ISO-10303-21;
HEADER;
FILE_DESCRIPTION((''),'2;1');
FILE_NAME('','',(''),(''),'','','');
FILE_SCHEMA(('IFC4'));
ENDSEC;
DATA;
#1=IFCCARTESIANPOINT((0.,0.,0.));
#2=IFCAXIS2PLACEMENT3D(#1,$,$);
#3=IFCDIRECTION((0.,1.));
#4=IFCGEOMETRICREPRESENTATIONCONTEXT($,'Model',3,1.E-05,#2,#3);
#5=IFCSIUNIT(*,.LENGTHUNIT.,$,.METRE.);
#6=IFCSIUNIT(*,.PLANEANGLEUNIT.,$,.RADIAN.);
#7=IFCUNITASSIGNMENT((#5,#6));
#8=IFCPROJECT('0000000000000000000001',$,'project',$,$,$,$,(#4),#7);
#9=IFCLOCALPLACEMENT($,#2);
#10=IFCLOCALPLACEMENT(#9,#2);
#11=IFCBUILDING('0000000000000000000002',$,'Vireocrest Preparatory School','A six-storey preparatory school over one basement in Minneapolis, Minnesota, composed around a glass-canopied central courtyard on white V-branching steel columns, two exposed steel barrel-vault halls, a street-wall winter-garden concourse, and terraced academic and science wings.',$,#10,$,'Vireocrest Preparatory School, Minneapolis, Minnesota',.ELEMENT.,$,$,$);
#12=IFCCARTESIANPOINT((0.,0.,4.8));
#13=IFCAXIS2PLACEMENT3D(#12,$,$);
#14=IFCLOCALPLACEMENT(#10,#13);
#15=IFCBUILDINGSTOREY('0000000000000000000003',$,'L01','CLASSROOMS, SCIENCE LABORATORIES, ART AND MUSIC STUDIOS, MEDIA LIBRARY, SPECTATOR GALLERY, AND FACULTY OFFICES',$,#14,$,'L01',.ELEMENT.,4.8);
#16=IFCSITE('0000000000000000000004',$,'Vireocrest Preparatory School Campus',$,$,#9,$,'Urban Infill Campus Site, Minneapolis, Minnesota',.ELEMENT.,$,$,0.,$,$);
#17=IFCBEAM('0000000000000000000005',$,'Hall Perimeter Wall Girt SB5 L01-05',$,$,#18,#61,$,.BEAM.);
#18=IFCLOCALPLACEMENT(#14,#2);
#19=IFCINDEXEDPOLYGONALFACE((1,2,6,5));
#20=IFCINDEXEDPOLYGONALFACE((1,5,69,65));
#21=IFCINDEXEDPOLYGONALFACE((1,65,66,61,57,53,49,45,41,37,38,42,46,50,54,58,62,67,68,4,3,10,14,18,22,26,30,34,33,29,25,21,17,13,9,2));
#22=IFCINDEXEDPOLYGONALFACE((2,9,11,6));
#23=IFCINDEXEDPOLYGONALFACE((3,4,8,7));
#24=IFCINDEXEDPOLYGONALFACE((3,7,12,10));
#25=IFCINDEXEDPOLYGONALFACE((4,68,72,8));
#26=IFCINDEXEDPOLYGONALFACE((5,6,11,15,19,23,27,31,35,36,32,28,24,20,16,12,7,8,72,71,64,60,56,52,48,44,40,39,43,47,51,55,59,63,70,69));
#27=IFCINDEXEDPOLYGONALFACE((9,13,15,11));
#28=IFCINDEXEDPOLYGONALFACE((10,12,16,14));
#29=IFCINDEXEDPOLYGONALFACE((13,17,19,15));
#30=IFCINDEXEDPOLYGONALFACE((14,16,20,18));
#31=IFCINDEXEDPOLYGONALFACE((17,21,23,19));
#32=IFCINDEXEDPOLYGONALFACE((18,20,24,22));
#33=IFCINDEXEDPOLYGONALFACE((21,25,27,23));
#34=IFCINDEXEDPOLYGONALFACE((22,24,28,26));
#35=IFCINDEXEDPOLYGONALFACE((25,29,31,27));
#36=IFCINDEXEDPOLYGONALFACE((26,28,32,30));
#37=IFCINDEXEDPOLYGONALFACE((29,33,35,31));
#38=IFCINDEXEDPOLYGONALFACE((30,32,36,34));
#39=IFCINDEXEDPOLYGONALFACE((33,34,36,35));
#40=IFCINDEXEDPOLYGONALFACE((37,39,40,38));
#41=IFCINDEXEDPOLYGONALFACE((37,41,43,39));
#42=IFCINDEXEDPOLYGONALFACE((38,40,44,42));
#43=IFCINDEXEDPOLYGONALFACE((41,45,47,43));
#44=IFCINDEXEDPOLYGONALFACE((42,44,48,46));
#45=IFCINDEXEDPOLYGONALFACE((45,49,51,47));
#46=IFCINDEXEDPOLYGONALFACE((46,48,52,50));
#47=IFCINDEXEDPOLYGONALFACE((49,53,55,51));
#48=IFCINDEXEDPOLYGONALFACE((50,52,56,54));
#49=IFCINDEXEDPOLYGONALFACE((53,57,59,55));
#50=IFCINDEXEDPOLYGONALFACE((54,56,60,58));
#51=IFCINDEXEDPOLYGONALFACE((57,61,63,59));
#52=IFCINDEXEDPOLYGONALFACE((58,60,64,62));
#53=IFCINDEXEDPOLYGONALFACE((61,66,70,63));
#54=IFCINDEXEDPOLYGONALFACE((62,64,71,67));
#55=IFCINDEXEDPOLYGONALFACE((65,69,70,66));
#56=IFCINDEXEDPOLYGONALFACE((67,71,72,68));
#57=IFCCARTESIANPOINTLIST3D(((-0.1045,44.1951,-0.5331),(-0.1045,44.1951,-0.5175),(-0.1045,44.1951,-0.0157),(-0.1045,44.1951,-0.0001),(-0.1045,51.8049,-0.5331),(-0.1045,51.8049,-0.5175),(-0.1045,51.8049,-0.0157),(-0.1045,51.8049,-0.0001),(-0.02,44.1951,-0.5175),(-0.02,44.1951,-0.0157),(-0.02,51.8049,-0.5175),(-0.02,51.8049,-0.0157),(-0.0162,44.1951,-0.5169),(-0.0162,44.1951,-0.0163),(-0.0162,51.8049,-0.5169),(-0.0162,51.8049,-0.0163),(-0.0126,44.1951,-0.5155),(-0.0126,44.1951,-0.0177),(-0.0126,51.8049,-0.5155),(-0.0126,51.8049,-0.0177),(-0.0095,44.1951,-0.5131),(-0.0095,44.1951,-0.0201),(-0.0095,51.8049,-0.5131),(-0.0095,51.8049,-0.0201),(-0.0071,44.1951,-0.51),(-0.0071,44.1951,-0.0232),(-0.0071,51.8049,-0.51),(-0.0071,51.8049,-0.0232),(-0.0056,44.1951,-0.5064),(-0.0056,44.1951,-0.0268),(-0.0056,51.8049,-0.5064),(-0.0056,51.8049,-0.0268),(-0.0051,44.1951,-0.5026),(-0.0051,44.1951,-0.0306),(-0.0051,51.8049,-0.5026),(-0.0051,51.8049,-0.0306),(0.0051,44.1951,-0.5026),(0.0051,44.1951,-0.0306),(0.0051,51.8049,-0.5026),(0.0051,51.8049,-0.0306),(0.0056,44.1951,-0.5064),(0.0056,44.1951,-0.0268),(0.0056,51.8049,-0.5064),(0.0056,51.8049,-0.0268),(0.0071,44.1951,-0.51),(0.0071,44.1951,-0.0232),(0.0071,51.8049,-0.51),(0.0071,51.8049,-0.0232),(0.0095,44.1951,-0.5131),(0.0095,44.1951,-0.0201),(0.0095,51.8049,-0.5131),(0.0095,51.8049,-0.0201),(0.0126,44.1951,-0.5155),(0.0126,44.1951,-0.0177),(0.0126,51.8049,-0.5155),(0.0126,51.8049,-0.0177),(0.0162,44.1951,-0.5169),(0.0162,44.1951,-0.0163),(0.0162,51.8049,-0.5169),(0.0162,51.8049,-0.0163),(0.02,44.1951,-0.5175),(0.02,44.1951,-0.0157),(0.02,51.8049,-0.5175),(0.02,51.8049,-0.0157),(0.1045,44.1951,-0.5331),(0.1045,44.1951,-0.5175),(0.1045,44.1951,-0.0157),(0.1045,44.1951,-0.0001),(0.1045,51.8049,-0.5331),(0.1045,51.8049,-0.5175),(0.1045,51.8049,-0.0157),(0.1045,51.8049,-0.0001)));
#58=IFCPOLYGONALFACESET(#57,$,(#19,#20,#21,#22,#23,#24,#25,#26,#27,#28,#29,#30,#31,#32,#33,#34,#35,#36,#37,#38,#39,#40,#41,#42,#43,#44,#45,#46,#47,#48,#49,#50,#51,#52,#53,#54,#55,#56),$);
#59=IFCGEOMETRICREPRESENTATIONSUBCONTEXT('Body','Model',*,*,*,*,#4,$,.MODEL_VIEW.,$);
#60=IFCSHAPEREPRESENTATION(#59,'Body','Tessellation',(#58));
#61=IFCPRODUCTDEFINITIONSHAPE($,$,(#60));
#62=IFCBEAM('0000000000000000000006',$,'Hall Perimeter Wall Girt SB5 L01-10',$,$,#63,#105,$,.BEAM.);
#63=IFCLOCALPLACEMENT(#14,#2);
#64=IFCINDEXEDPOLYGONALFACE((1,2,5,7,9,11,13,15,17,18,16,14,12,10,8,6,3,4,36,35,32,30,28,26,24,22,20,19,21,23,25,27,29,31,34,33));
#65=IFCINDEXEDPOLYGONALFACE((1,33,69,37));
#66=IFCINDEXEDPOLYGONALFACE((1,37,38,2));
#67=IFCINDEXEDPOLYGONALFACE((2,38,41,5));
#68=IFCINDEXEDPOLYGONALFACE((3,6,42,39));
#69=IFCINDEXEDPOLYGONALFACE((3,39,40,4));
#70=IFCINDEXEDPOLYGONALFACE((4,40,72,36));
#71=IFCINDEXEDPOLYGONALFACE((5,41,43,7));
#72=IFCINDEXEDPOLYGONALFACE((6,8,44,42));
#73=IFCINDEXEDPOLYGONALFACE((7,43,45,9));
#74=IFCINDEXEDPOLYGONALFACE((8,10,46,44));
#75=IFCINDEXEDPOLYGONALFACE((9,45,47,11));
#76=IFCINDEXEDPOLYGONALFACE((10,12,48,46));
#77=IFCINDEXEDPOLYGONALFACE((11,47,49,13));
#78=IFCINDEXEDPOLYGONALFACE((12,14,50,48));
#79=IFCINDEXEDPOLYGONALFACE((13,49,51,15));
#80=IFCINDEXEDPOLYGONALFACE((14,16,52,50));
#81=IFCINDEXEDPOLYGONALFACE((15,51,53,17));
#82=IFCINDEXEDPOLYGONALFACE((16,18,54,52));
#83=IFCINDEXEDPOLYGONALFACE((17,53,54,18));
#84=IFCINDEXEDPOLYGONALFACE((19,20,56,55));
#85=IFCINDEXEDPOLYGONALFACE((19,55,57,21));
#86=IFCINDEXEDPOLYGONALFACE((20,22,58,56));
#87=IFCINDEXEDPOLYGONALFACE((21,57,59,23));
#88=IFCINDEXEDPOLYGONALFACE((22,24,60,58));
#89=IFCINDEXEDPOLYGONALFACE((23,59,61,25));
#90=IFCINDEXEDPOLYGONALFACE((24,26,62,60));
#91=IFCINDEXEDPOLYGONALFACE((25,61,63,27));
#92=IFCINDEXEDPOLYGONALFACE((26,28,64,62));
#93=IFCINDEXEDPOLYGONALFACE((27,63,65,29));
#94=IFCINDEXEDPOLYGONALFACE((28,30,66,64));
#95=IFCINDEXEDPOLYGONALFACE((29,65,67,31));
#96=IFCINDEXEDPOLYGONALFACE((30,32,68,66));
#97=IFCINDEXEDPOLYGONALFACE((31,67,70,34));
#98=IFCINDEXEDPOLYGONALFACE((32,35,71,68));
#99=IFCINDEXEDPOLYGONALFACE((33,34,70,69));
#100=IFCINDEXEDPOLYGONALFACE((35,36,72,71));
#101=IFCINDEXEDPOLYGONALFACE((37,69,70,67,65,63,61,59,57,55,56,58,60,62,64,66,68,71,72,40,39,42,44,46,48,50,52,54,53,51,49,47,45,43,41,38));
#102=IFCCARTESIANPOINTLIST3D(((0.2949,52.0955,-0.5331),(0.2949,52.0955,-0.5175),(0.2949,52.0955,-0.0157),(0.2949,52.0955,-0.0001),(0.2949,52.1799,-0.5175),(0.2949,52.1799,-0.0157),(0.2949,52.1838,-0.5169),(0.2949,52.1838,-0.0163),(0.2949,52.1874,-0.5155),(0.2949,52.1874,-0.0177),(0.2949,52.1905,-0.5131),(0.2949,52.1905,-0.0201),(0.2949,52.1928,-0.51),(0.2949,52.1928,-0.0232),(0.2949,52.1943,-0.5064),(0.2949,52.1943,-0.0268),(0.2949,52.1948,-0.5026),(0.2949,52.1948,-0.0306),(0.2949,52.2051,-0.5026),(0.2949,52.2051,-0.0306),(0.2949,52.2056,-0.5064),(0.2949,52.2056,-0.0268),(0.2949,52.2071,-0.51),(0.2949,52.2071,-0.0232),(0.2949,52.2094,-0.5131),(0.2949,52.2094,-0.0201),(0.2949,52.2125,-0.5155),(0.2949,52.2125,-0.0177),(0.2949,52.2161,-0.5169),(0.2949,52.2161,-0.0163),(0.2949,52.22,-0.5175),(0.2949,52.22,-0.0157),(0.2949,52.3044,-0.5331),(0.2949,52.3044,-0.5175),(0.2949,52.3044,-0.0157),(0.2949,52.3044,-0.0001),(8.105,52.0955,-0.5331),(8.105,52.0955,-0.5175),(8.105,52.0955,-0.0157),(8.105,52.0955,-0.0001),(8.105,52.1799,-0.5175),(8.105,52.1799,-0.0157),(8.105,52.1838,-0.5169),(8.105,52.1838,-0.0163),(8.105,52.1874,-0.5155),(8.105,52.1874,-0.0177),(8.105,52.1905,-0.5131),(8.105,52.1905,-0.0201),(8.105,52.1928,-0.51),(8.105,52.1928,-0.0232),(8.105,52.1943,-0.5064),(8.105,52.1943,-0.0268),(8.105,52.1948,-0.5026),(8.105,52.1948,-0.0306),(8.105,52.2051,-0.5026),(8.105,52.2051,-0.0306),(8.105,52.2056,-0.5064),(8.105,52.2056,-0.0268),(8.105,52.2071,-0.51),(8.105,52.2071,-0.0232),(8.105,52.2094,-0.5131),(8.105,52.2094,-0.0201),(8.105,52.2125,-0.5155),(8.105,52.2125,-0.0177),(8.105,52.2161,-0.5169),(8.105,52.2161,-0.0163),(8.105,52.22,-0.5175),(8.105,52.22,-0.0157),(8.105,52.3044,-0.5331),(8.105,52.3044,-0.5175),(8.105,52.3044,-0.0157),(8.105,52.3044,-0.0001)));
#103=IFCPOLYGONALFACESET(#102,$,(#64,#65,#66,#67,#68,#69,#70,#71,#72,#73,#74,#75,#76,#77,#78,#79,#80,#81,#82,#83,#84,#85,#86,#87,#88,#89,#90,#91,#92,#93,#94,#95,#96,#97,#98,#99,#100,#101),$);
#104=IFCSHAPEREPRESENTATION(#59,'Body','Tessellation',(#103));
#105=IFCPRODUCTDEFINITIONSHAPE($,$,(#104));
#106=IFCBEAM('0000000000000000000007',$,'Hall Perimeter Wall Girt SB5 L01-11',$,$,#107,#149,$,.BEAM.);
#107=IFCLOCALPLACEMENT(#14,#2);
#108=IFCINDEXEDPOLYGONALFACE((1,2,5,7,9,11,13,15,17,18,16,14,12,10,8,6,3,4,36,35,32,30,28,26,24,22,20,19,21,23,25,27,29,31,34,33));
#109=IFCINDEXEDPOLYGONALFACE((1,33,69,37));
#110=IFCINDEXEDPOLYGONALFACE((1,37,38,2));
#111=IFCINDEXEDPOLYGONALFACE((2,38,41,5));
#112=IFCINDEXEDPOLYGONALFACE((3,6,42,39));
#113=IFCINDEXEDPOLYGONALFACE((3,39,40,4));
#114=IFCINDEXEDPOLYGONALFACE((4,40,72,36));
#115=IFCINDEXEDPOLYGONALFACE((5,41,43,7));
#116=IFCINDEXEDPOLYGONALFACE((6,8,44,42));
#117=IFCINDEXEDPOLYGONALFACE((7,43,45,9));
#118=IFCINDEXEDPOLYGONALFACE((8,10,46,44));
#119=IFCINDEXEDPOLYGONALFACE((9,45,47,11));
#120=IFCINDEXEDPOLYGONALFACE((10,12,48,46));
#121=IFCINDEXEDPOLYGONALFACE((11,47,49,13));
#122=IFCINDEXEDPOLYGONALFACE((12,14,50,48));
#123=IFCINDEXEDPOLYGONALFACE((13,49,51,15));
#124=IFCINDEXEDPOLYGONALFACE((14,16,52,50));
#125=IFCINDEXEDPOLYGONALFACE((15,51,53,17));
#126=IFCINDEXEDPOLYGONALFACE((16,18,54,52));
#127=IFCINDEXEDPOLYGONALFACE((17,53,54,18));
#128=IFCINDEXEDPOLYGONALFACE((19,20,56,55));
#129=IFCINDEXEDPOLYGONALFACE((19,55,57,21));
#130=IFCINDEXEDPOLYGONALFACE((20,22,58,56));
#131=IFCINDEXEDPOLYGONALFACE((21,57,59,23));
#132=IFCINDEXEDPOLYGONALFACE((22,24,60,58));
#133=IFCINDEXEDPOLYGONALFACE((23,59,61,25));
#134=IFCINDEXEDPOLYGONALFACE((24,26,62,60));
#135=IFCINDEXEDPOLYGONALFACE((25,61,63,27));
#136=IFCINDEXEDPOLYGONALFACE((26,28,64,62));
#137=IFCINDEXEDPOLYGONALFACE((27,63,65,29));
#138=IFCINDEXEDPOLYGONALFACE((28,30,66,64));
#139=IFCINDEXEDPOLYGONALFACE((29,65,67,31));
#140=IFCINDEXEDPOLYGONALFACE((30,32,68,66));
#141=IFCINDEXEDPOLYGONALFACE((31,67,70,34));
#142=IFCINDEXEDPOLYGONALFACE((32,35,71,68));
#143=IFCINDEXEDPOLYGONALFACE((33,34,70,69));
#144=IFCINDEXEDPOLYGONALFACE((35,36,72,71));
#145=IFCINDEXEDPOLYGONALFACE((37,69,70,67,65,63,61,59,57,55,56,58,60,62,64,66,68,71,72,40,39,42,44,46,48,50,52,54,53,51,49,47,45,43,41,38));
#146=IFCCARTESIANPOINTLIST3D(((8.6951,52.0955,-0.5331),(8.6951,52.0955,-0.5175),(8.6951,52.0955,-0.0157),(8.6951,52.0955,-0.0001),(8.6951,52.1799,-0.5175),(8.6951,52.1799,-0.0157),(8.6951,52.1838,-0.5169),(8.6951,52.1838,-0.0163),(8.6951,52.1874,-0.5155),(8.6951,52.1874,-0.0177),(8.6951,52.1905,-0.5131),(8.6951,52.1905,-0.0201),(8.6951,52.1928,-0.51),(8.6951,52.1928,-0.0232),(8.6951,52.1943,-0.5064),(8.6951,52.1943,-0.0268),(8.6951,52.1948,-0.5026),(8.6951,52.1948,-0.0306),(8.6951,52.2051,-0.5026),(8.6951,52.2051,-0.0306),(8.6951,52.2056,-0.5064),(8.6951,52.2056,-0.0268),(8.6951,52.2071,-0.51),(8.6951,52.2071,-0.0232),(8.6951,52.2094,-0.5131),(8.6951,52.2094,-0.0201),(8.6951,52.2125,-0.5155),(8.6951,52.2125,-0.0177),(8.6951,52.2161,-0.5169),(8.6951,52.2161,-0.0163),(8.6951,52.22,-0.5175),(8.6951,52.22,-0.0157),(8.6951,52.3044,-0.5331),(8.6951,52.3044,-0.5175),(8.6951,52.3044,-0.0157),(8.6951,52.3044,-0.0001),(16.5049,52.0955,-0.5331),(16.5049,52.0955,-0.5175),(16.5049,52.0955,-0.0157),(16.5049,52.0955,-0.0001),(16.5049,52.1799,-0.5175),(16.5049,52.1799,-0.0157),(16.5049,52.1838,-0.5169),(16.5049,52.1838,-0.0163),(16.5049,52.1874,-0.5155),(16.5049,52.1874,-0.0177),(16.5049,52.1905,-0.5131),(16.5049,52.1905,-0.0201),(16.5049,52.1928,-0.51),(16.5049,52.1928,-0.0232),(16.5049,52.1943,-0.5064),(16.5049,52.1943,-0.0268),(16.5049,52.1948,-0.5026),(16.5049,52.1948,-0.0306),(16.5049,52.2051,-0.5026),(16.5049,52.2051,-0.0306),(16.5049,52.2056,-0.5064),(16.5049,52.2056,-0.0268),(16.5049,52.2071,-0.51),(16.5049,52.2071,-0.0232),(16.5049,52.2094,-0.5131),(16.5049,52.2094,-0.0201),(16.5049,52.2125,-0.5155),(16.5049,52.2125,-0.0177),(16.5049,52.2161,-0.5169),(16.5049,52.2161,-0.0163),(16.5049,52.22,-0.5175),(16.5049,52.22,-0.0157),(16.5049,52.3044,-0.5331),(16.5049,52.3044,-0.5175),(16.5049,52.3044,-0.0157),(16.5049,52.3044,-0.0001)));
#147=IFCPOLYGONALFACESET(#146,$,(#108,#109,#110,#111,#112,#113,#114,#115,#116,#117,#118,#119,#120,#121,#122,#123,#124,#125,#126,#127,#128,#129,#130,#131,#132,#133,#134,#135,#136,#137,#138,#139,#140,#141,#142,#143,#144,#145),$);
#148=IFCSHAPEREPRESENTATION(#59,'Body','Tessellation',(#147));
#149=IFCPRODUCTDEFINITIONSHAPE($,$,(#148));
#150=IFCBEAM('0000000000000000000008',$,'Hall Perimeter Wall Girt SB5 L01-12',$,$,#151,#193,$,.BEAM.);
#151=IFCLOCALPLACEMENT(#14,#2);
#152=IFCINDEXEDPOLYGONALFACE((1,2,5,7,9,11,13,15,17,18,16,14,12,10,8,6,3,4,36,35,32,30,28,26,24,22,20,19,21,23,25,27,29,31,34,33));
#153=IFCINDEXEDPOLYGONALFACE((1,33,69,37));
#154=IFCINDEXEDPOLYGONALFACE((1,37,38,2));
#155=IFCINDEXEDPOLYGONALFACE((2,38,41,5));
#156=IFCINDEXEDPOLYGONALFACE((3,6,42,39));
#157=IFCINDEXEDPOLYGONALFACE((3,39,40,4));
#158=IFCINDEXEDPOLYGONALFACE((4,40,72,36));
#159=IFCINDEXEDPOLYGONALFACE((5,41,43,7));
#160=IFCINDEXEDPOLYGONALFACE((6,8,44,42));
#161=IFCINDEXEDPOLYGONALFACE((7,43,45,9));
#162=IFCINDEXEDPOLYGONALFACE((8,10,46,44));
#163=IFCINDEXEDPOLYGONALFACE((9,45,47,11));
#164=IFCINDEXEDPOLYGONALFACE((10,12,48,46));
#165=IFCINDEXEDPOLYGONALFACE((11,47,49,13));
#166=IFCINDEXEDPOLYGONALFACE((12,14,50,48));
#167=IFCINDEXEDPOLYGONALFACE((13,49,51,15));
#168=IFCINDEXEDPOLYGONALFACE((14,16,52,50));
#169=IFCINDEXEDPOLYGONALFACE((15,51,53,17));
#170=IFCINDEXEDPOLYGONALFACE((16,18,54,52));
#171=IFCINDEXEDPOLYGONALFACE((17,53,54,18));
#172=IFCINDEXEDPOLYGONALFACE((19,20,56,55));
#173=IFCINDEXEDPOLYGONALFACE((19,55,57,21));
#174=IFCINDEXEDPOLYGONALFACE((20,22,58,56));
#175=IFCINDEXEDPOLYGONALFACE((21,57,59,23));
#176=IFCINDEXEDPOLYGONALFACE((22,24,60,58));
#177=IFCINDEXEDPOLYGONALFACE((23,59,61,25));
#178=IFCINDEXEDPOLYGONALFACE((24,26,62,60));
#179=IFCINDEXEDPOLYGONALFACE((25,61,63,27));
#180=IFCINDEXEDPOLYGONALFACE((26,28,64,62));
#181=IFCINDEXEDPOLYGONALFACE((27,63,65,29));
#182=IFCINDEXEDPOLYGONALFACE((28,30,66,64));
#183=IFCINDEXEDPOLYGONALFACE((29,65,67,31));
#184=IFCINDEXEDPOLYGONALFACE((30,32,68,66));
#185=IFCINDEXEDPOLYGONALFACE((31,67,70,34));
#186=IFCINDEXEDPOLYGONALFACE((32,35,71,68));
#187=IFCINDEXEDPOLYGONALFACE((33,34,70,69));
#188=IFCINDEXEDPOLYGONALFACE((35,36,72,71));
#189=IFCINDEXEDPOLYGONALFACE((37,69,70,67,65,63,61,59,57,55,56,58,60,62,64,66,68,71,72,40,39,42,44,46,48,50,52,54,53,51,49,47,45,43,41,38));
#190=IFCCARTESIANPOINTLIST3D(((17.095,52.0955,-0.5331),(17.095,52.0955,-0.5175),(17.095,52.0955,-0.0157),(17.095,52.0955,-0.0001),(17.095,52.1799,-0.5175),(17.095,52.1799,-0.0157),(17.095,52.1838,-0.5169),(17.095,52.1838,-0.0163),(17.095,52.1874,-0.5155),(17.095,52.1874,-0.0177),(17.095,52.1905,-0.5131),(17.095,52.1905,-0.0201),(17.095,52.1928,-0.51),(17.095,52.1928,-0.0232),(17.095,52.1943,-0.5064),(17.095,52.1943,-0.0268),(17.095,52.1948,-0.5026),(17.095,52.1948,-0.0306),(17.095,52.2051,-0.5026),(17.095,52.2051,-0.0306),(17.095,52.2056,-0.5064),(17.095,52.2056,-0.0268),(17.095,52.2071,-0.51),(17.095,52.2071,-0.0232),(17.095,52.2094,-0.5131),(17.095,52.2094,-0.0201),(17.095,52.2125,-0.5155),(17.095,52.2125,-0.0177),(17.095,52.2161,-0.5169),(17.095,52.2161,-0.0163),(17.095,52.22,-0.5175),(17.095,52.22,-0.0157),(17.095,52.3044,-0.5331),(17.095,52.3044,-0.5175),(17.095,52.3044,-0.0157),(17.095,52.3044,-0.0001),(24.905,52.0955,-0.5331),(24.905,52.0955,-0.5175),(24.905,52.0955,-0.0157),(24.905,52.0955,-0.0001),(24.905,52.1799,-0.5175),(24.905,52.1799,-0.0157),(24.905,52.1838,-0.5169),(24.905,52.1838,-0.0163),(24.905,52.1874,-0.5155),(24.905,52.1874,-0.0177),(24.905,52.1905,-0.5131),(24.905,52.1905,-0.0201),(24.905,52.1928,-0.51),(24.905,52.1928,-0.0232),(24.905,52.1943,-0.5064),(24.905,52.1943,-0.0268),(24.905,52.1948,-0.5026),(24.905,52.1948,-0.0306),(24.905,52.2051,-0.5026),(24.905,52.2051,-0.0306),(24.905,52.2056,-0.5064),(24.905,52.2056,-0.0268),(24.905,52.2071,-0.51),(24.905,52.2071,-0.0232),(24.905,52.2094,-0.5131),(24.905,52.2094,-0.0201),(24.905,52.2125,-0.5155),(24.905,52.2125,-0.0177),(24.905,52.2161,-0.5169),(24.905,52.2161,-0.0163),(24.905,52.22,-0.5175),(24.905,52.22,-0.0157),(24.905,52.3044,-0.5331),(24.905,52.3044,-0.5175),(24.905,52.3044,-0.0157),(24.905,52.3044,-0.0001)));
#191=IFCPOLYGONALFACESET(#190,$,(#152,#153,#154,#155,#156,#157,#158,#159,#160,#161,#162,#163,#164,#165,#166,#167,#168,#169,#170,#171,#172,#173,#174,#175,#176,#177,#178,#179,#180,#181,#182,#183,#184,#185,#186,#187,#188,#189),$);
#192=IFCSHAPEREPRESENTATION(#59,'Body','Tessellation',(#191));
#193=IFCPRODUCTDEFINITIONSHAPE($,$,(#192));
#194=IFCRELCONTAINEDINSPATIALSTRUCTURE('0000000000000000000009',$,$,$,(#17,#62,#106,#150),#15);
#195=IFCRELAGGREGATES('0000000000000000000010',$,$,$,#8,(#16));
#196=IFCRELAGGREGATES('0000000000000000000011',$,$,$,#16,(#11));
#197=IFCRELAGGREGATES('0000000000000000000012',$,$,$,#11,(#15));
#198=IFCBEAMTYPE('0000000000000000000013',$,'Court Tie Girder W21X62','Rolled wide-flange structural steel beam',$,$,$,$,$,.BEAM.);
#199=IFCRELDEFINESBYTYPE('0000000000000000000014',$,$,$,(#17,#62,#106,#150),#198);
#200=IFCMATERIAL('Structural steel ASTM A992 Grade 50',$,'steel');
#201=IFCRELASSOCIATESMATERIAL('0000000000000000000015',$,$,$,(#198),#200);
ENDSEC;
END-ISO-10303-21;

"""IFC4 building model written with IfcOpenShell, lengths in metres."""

from ifc_helpers import new_model, si_unit, direction, frame, origin, origin_2d, place, context, subcontext, project, spatial, i_section, extrude, material, material_profile, profile_set, type_object, element, save


model = new_model("IFC4")

# Units and contexts
model_context = context("Model", 3, precision=1e-05, world=origin(), true_north=direction((0.0, 1.0)))
body_context = subcontext(model_context, "Body", "Model", "MODEL_VIEW")
ifc_project = project(units=[si_unit("LENGTHUNIT", "METRE"), si_unit("PLANEANGLEUNIT", "RADIAN")], contexts=[model_context])

# Site, building, storey
site_placement = place(None, origin())
site = spatial("IfcSite", under=ifc_project, at=site_placement, Name="Vireocrest Preparatory School Campus", LongName="Urban Infill Campus Site, Minneapolis, Minnesota", CompositionType="ELEMENT", RefElevation=0.0)
building_placement = place(site_placement, origin())
building = spatial("IfcBuilding", under=site, at=building_placement, Name="Vireocrest Preparatory School", Description="A six-storey preparatory school over one basement in Minneapolis, Minnesota, composed around a glass-canopied central courtyard on white V-branching steel columns, two exposed steel barrel-vault halls, a street-wall winter-garden concourse, and terraced academic and science wings.", LongName="Vireocrest Preparatory School, Minneapolis, Minnesota", CompositionType="ELEMENT")
storey_placement = place(building_placement, frame((0.0, 0.0, 4.8)))
storey = spatial("IfcBuildingStorey", under=building, at=storey_placement, Name="L01", Description="CLASSROOMS, SCIENCE LABORATORIES, ART AND MUSIC STUDIOS, MEDIA LIBRARY, SPECTATOR GALLERY, AND FACULTY OFFICES", LongName="L01", CompositionType="ELEMENT", Elevation=4.8)

# Beams
ifc_material_1 = material(Name="Structural steel ASTM A992 Grade 50", Category="steel")
ifc_material_profile_1 = material_profile(ifc_material_1, i_section(OverallWidth=0.209, OverallDepth=0.533, WebThickness=0.0103, FlangeThickness=0.0156, FilletRadius=0.0149, at=origin_2d()), Name="W21X62")
ifc_profile_set_1 = profile_set([ifc_material_profile_1], Name="Structural steel ASTM A992 Grade 50")
beam_type_1 = type_object("IfcBeamType", Name="Court Tie Girder W21X62", Description="Rolled wide-flange structural steel beam", PredefinedType="BEAM", material=ifc_profile_set_1)
beam_1_placement = place(storey_placement, frame((0.0, 44.1951, -0.2666), z_axis=(0.0, 1.0, 0.0), x_axis=(-1.0, 0.0, 0.0)))
element("IfcBeam", 1, at=beam_1_placement, inside=storey, type_object=beam_type_1, Name="Hall Perimeter Wall Girt SB5 L01-05", PredefinedType="BEAM", context=body_context, shape_type="SweptSolid", body=[
    extrude(i_section(OverallWidth=0.209, OverallDepth=0.533, WebThickness=0.0103, FlangeThickness=0.0156, FilletRadius=0.0149, at=origin_2d()), origin(), (0.0, 0.0, 1.0), 7.6099),
])
beam_2_placement = place(storey_placement, frame((0.2949, 52.2, -0.2666), z_axis=(1.0, 0.0, 0.0), x_axis=(0.0, 1.0, 0.0)))
element("IfcBeam", 2, at=beam_2_placement, inside=storey, type_object=beam_type_1, Name="Hall Perimeter Wall Girt SB5 L01-10", PredefinedType="BEAM", context=body_context, shape_type="SweptSolid", body=[
    extrude(i_section(OverallWidth=0.209, OverallDepth=0.533, WebThickness=0.0103, FlangeThickness=0.0156, FilletRadius=0.0149, at=origin_2d()), origin(), (0.0, 0.0, 1.0), 7.8101),
])
beam_3_placement = place(storey_placement, frame((8.6951, 52.2, -0.2666), z_axis=(1.0, 0.0, 0.0), x_axis=(0.0, 1.0, 0.0)))
element("IfcBeam", 3, at=beam_3_placement, inside=storey, type_object=beam_type_1, Name="Hall Perimeter Wall Girt SB5 L01-11", PredefinedType="BEAM", context=body_context, shape_type="SweptSolid", body=[
    extrude(i_section(OverallWidth=0.209, OverallDepth=0.533, WebThickness=0.0103, FlangeThickness=0.0156, FilletRadius=0.0149, at=origin_2d()), origin(), (0.0, 0.0, 1.0), 7.8098),
])
beam_4_placement = place(storey_placement, frame((17.095, 52.2, -0.2666), z_axis=(1.0, 0.0, 0.0), x_axis=(0.0, 1.0, 0.0)))
element("IfcBeam", 4, at=beam_4_placement, inside=storey, type_object=beam_type_1, Name="Hall Perimeter Wall Girt SB5 L01-12", PredefinedType="BEAM", context=body_context, shape_type="SweptSolid", body=[
    extrude(i_section(OverallWidth=0.209, OverallDepth=0.533, WebThickness=0.0103, FlangeThickness=0.0156, FilletRadius=0.0149, at=origin_2d()), origin(), (0.0, 0.0, 1.0), 7.8101),
])

save(model, "model.ifc")
